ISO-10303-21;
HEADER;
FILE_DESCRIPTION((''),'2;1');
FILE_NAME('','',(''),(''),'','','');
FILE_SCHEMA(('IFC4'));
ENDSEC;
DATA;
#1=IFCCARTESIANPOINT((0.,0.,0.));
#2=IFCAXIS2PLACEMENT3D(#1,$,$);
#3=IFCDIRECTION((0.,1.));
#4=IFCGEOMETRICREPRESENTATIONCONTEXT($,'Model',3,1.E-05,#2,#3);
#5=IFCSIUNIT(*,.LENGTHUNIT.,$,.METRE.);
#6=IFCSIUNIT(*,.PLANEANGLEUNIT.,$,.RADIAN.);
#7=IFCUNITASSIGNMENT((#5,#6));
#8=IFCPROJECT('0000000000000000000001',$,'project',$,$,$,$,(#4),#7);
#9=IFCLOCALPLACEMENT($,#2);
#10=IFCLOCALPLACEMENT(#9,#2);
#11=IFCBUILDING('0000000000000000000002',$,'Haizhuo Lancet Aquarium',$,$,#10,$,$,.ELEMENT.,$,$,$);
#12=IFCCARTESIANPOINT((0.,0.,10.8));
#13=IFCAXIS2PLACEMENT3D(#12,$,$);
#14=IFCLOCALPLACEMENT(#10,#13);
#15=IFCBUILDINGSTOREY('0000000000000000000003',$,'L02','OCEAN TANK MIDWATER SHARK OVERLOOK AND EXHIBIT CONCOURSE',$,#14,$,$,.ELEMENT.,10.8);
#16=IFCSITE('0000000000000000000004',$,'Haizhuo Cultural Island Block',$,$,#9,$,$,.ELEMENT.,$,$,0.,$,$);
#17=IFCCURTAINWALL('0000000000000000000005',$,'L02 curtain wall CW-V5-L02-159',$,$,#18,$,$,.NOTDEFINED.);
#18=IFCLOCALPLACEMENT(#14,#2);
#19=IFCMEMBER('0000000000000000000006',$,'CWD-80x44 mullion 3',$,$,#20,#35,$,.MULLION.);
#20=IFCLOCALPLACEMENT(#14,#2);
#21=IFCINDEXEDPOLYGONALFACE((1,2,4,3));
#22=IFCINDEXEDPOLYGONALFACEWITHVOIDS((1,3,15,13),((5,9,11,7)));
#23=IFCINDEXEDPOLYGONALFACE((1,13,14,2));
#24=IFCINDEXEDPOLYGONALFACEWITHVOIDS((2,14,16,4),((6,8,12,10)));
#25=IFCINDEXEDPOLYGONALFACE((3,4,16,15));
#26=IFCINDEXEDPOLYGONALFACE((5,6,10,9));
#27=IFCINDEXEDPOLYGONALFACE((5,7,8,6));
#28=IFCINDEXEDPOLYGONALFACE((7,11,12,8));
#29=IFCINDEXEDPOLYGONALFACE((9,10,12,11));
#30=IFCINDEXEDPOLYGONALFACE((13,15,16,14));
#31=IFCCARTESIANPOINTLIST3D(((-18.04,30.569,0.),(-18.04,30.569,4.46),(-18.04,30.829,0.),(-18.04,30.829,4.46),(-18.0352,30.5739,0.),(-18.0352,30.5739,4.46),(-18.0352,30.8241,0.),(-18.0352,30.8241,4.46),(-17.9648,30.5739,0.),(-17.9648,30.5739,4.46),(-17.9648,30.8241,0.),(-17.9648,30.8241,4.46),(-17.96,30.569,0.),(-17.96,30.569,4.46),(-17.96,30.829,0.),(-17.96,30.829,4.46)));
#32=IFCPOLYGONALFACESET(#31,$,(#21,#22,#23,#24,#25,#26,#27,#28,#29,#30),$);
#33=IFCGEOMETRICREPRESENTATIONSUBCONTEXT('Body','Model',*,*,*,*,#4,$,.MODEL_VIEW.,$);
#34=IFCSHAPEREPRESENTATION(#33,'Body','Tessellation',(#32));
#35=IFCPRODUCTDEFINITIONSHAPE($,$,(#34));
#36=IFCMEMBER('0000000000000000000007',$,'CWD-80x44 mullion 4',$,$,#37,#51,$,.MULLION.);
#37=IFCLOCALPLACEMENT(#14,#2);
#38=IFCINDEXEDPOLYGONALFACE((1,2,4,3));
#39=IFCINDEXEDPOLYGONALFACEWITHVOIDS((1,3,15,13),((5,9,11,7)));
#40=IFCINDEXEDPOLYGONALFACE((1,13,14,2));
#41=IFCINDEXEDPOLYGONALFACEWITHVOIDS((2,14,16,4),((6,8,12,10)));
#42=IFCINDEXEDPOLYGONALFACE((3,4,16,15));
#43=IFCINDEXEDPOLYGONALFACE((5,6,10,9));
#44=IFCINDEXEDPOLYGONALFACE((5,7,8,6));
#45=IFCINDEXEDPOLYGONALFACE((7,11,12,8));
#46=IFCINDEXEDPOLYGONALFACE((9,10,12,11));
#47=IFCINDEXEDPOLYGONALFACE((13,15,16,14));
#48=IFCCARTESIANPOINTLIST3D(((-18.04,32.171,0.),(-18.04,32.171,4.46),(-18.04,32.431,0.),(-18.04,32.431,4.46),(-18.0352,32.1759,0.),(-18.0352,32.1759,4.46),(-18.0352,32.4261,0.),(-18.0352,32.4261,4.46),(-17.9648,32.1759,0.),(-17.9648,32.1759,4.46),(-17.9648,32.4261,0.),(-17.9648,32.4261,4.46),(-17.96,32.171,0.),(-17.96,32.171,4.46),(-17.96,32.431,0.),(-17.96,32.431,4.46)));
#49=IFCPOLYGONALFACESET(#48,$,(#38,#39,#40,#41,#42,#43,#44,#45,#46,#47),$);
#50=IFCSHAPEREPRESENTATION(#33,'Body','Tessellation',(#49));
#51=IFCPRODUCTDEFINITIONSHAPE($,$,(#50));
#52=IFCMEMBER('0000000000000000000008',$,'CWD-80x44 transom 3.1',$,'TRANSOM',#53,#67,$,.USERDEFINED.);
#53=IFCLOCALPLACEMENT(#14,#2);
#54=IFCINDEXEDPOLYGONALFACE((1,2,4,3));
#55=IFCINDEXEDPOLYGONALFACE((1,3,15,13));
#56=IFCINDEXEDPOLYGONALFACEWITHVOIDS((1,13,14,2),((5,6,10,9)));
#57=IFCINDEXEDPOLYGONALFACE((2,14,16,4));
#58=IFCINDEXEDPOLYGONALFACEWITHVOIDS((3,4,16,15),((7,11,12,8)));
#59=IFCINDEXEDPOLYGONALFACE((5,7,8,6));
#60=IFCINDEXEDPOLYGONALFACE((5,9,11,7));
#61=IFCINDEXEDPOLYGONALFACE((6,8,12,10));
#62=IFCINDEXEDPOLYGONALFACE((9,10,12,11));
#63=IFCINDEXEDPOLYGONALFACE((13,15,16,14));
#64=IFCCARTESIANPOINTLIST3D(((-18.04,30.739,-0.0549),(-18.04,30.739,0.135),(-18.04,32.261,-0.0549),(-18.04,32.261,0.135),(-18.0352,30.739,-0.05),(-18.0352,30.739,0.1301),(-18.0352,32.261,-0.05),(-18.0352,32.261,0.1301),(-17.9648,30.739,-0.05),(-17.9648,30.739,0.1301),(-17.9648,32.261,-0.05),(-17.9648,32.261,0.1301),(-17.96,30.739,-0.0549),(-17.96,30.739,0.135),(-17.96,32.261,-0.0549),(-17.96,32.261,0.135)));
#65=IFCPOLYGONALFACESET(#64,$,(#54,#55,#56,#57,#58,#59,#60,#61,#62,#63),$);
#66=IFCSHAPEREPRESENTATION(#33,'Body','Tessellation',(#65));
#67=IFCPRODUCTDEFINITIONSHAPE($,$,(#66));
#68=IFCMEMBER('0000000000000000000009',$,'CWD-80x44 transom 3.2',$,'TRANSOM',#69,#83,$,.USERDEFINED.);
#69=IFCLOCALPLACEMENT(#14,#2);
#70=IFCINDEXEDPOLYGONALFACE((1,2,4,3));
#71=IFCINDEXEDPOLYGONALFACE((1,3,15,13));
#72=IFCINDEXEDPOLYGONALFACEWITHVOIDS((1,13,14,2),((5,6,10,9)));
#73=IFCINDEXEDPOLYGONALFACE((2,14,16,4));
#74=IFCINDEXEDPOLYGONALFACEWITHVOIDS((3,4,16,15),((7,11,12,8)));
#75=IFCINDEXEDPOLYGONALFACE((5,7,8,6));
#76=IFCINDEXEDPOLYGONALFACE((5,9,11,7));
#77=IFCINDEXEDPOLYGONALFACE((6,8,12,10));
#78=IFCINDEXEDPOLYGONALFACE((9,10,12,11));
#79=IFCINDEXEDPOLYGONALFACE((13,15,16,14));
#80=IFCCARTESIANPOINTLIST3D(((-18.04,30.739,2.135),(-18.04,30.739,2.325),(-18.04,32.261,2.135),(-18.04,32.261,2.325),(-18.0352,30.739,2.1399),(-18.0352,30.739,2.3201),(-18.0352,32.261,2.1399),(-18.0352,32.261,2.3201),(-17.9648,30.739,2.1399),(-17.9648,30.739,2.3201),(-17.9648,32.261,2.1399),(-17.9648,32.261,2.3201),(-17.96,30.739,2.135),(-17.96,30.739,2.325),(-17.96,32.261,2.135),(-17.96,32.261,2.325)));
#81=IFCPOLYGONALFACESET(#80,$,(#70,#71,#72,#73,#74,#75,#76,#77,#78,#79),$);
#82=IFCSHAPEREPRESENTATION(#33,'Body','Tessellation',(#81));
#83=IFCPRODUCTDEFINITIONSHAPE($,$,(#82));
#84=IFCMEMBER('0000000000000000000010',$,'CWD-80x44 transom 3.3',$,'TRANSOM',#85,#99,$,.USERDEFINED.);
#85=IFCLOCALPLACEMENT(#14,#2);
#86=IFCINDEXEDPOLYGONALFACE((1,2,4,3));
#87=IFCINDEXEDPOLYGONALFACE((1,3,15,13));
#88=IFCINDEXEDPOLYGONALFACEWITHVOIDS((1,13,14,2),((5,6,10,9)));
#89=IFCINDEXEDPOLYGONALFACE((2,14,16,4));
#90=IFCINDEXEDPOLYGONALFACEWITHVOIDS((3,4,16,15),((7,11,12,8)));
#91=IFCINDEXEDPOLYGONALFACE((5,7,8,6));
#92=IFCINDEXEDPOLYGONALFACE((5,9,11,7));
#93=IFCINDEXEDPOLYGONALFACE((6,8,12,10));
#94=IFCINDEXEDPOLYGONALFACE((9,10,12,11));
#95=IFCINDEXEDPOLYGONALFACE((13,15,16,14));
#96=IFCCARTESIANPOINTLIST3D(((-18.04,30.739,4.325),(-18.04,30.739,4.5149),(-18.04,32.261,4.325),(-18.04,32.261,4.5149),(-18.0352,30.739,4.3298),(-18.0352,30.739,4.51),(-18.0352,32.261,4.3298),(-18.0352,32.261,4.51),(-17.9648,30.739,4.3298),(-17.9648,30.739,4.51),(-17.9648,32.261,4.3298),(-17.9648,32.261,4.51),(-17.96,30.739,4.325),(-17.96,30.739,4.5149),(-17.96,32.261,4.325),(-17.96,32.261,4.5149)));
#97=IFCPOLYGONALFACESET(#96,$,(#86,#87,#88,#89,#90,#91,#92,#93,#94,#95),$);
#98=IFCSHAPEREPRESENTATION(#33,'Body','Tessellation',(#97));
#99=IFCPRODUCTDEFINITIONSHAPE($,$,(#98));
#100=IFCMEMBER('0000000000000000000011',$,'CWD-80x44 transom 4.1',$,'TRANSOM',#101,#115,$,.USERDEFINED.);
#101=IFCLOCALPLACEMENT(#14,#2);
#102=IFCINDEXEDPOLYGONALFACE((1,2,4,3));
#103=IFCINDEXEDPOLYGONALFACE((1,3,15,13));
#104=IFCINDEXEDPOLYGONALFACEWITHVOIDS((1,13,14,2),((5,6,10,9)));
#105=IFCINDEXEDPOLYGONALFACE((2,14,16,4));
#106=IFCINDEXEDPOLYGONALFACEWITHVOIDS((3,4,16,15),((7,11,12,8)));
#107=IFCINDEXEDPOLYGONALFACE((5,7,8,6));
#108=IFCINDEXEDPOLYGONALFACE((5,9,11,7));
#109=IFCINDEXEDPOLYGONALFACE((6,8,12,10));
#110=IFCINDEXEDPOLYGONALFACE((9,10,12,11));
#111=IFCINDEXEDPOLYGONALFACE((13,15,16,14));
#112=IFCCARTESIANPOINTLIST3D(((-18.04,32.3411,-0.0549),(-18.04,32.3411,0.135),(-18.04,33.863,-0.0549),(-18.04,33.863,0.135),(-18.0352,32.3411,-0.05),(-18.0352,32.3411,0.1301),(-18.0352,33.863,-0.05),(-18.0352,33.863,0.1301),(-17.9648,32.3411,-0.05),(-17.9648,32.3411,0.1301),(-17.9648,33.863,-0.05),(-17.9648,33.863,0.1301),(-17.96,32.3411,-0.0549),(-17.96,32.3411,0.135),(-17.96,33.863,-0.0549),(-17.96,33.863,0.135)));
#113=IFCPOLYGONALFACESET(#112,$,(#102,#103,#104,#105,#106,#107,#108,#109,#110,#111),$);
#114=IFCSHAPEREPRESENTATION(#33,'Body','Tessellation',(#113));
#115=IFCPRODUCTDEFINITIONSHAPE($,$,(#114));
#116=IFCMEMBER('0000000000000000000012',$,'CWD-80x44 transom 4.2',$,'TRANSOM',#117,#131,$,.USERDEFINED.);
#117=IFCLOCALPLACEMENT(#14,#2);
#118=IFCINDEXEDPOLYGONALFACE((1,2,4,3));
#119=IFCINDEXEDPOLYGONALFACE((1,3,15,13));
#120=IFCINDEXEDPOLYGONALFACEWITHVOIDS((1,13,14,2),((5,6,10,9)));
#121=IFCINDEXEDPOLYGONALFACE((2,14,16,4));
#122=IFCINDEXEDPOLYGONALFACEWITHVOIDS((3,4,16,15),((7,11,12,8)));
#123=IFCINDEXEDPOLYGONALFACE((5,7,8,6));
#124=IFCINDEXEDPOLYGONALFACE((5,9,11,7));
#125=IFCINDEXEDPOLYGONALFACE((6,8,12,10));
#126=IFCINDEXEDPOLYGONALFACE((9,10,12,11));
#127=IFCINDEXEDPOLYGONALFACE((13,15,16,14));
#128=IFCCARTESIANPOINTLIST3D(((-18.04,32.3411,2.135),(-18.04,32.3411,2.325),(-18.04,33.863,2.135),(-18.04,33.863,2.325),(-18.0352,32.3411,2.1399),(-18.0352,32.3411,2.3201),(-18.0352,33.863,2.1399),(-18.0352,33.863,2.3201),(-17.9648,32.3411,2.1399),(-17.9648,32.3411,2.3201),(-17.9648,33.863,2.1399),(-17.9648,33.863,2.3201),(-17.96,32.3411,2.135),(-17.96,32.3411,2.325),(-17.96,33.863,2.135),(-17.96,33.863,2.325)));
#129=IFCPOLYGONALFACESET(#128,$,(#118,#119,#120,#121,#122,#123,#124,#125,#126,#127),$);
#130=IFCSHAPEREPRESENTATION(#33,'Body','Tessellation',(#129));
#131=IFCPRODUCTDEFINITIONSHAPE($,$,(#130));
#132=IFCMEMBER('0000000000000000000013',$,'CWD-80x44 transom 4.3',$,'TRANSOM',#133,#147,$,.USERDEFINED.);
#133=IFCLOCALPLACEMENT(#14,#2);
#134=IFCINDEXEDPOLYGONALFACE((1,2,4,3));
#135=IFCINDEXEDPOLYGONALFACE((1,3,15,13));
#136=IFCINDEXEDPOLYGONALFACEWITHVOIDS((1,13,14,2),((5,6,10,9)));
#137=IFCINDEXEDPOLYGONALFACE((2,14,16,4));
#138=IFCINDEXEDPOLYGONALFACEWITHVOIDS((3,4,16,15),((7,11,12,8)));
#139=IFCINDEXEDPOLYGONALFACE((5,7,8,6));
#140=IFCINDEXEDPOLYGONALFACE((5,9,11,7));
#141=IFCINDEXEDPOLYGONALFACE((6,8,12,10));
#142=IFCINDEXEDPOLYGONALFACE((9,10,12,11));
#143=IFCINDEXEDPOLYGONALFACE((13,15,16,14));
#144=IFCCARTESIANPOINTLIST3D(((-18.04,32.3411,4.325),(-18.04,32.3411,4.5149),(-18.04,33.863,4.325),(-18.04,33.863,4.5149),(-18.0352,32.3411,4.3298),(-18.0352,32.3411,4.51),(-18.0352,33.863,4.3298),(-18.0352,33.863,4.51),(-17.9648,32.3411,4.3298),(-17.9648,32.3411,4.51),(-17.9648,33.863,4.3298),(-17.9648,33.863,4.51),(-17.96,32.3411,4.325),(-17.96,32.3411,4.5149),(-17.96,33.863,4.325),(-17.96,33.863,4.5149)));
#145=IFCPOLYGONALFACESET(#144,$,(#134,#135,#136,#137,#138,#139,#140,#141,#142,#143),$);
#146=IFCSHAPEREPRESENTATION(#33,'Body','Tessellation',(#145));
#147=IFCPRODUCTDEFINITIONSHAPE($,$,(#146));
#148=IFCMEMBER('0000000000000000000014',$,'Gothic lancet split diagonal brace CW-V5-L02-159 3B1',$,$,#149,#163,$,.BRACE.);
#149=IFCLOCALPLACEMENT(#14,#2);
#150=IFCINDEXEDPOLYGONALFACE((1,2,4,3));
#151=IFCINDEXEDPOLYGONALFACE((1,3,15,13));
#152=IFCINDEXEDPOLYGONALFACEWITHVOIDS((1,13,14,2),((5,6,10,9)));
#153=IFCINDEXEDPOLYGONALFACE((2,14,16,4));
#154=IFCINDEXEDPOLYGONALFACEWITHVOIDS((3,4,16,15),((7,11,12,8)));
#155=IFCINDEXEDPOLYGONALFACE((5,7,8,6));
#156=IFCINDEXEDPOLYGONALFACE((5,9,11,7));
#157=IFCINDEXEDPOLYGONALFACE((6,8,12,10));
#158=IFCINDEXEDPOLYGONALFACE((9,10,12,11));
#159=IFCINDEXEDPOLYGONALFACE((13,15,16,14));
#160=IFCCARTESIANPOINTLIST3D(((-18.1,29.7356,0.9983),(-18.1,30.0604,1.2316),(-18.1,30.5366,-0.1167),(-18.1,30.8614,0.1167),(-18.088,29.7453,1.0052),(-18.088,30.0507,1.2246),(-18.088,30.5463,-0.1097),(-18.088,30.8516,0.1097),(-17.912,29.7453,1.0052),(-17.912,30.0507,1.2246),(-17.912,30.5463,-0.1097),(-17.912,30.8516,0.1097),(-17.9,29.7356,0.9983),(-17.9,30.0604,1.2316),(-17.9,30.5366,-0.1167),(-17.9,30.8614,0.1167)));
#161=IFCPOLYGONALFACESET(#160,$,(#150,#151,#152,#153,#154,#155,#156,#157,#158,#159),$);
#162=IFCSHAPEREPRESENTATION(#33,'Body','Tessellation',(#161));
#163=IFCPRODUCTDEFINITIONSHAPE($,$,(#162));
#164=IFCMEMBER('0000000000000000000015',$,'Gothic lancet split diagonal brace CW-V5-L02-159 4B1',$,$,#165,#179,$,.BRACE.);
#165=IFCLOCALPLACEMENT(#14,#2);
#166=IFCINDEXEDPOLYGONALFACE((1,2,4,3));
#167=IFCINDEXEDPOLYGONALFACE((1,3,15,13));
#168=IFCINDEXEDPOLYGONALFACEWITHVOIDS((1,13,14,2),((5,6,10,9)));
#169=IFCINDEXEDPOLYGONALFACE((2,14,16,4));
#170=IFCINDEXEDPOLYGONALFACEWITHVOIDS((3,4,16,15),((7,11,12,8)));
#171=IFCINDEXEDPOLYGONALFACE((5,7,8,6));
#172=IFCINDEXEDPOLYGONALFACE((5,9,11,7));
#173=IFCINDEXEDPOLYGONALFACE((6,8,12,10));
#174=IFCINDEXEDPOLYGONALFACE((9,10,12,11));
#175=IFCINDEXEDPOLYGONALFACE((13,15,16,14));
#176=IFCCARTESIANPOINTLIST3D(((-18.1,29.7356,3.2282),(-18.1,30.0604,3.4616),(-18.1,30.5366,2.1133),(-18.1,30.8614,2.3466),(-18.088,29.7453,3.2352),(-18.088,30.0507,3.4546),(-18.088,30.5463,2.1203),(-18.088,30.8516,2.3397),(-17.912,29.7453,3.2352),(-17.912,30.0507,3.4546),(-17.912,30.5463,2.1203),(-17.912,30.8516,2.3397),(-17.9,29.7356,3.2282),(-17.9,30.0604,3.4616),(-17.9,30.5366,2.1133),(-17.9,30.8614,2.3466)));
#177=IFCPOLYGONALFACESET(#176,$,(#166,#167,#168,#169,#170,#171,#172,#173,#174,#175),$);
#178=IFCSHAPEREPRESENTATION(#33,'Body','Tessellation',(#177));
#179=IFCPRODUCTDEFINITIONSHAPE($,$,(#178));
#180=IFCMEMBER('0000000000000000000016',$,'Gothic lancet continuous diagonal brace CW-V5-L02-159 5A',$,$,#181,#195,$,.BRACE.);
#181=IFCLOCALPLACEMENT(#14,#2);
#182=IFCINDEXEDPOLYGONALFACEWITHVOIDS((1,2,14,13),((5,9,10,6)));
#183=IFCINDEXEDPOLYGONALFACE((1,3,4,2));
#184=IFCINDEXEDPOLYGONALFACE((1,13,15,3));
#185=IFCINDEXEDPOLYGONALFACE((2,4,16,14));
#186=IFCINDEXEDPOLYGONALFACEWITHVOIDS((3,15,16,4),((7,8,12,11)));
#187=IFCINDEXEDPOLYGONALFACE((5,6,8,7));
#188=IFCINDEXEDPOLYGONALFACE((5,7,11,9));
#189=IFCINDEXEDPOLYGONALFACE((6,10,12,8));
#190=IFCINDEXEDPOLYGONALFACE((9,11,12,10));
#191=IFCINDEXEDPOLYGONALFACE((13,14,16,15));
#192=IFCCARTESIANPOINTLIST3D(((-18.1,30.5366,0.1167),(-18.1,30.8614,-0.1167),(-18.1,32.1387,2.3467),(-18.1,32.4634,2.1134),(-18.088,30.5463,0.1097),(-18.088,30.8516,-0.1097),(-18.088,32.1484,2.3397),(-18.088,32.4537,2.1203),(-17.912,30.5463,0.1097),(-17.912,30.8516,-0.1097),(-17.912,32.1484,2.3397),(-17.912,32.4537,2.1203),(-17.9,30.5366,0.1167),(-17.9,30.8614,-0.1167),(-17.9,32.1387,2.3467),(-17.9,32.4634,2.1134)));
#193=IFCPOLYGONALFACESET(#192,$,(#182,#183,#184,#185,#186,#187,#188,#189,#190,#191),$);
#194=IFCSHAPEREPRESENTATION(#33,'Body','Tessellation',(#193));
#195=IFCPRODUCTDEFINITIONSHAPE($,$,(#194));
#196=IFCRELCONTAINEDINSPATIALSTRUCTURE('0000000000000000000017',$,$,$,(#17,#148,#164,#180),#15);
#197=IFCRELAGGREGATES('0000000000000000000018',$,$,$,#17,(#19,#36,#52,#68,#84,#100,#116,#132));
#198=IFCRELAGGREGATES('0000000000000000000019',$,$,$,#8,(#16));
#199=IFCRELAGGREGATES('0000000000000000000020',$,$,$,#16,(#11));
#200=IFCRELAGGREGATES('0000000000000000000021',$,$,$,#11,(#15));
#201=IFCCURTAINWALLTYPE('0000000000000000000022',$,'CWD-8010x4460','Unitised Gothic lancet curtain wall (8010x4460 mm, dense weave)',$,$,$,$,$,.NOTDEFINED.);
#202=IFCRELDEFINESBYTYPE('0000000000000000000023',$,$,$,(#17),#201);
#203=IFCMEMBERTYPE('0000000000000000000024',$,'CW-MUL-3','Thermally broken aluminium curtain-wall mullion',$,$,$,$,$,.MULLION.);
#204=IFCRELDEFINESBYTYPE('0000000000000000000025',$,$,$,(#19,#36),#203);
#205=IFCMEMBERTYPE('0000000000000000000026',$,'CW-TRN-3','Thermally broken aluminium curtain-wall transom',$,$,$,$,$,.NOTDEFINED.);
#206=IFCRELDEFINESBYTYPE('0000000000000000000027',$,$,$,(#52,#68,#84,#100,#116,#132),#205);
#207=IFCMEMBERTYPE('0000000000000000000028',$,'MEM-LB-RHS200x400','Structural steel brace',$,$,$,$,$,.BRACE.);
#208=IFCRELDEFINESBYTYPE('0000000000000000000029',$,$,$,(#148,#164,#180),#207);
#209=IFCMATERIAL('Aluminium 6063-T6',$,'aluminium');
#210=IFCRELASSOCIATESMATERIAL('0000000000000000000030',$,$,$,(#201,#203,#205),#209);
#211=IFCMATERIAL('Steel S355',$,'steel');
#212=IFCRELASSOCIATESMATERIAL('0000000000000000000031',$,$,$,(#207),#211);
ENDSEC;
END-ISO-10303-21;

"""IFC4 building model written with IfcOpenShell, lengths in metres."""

from ifc_helpers import new_model, si_unit, direction, frame, origin, origin_2d, place, context, subcontext, project, spatial, hollow_rectangle, extrude, material, material_profile, profile_set, type_object, element, aggregate, save


model = new_model("IFC4")

# Units and contexts
model_context = context("Model", 3, precision=1e-05, world=origin(), true_north=direction((0.0, 1.0)))
body_context = subcontext(model_context, "Body", "Model", "MODEL_VIEW")
ifc_project = project(units=[si_unit("LENGTHUNIT", "METRE"), si_unit("PLANEANGLEUNIT", "RADIAN")], contexts=[model_context])

# Site, building, storey
site_placement = place(None, origin())
site = spatial("IfcSite", under=ifc_project, at=site_placement, Name="Haizhuo Cultural Island Block", CompositionType="ELEMENT", RefElevation=0.0)
building_placement = place(site_placement, origin())
building = spatial("IfcBuilding", under=site, at=building_placement, Name="Haizhuo Lancet Aquarium", CompositionType="ELEMENT")
storey_placement = place(building_placement, frame((0.0, 0.0, 10.8)))
storey = spatial("IfcBuildingStorey", under=building, at=storey_placement, Name="L02", Description="OCEAN TANK MIDWATER SHARK OVERLOOK AND EXHIBIT CONCOURSE", CompositionType="ELEMENT", Elevation=10.8)

# Curtain wall, members
ifc_material_1 = material(Name="Aluminium 6063-T6", Category="aluminium")
curtain_wall_type = type_object("IfcCurtainWallType", Name="CWD-8010x4460", Description="Unitised Gothic lancet curtain wall (8010x4460 mm, dense weave)", PredefinedType="NOTDEFINED", material=ifc_material_1)
curtain_wall_placement = place(storey_placement, origin())
curtain_wall = element("IfcCurtainWall", 1, at=curtain_wall_placement, inside=storey, type_object=curtain_wall_type, Name="L02 curtain wall CW-V5-L02-159", PredefinedType="NOTDEFINED")
ifc_material_profile_1 = material_profile(ifc_material_1, hollow_rectangle(XDim=0.0801, YDim=0.26, WallThickness=0.0049, at=origin_2d()), Name="ALU-M 80x260x5")
ifc_profile_set_1 = profile_set([ifc_material_profile_1], Name="Aluminium 6063-T6")
member_type_1 = type_object("IfcMemberType", Name="CW-MUL-3", Description="Thermally broken aluminium curtain-wall mullion", PredefinedType="MULLION", material=ifc_profile_set_1)
member_1_placement = place(storey_placement, frame((-18.0, 30.699, 0.0), z_axis=(0.0, 0.0, 1.0), x_axis=(-1.0, 0.0, 0.0)))
member_1 = element("IfcMember", 2, at=member_1_placement, type_object=member_type_1, Name="CWD-80x44 mullion 3", PredefinedType="MULLION", context=body_context, shape_type="SweptSolid", body=[
    extrude(hollow_rectangle(XDim=0.0801, YDim=0.26, WallThickness=0.0049, at=origin_2d()), origin(), (0.0, 0.0, 1.0), 4.46),
])
member_2_placement = place(storey_placement, frame((-18.0, 32.301, 0.0), z_axis=(0.0, 0.0, 1.0), x_axis=(-1.0, 0.0, 0.0)))
member_2 = element("IfcMember", 3, at=member_2_placement, type_object=member_type_1, Name="CWD-80x44 mullion 4", PredefinedType="MULLION", context=body_context, shape_type="SweptSolid", body=[
    extrude(hollow_rectangle(XDim=0.0801, YDim=0.26, WallThickness=0.0049, at=origin_2d()), origin(), (0.0, 0.0, 1.0), 4.46),
])
ifc_material_profile_2 = material_profile(ifc_material_1, hollow_rectangle(XDim=0.0801, YDim=0.1899, WallThickness=0.0049, at=origin_2d()), Name="ALU-T 80x190x5")
ifc_profile_set_2 = profile_set([ifc_material_profile_2], Name="Aluminium 6063-T6")
member_type_2 = type_object("IfcMemberType", Name="CW-TRN-3", Description="Thermally broken aluminium curtain-wall transom", PredefinedType="NOTDEFINED", material=ifc_profile_set_2)
member_3_placement = place(storey_placement, frame((-18.0, 30.739, 0.04), z_axis=(0.0, 1.0, 0.0), x_axis=(-1.0, 0.0, 0.0)))
member_3 = element("IfcMember", 4, at=member_3_placement, type_object=member_type_2, Name="CWD-80x44 transom 3.1", ObjectType="TRANSOM", PredefinedType="USERDEFINED", context=body_context, shape_type="SweptSolid", body=[
    extrude(hollow_rectangle(XDim=0.0801, YDim=0.1899, WallThickness=0.0049, at=origin_2d()), origin(), (0.0, 0.0, 1.0), 1.522),
])
member_4_placement = place(storey_placement, frame((-18.0, 30.739, 2.23), z_axis=(0.0, 1.0, 0.0), x_axis=(-1.0, 0.0, 0.0)))
member_4 = element("IfcMember", 5, at=member_4_placement, type_object=member_type_2, Name="CWD-80x44 transom 3.2", ObjectType="TRANSOM", PredefinedType="USERDEFINED", context=body_context, shape_type="SweptSolid", body=[
    extrude(hollow_rectangle(XDim=0.0801, YDim=0.1899, WallThickness=0.0049, at=origin_2d()), origin(), (0.0, 0.0, 1.0), 1.522),
])
member_5_placement = place(storey_placement, frame((-18.0, 30.739, 4.4199), z_axis=(0.0, 1.0, 0.0), x_axis=(-1.0, 0.0, 0.0)))
member_5 = element("IfcMember", 6, at=member_5_placement, type_object=member_type_2, Name="CWD-80x44 transom 3.3", ObjectType="TRANSOM", PredefinedType="USERDEFINED", context=body_context, shape_type="SweptSolid", body=[
    extrude(hollow_rectangle(XDim=0.0801, YDim=0.1899, WallThickness=0.0049, at=origin_2d()), origin(), (0.0, 0.0, 1.0), 1.522),
])
member_6_placement = place(storey_placement, frame((-18.0, 32.3411, 0.04), z_axis=(0.0, 1.0, 0.0), x_axis=(-1.0, 0.0, 0.0)))
member_6 = element("IfcMember", 7, at=member_6_placement, type_object=member_type_2, Name="CWD-80x44 transom 4.1", ObjectType="TRANSOM", PredefinedType="USERDEFINED", context=body_context, shape_type="SweptSolid", body=[
    extrude(hollow_rectangle(XDim=0.0801, YDim=0.1899, WallThickness=0.0049, at=origin_2d()), origin(), (0.0, 0.0, 1.0), 1.522),
])
member_7_placement = place(storey_placement, frame((-18.0, 32.3411, 2.23), z_axis=(0.0, 1.0, 0.0), x_axis=(-1.0, 0.0, 0.0)))
member_7 = element("IfcMember", 8, at=member_7_placement, type_object=member_type_2, Name="CWD-80x44 transom 4.2", ObjectType="TRANSOM", PredefinedType="USERDEFINED", context=body_context, shape_type="SweptSolid", body=[
    extrude(hollow_rectangle(XDim=0.0801, YDim=0.1899, WallThickness=0.0049, at=origin_2d()), origin(), (0.0, 0.0, 1.0), 1.522),
])
member_8_placement = place(storey_placement, frame((-18.0, 32.3411, 4.4199), z_axis=(0.0, 1.0, 0.0), x_axis=(-1.0, 0.0, 0.0)))
member_8 = element("IfcMember", 9, at=member_8_placement, type_object=member_type_2, Name="CWD-80x44 transom 4.3", ObjectType="TRANSOM", PredefinedType="USERDEFINED", context=body_context, shape_type="SweptSolid", body=[
    extrude(hollow_rectangle(XDim=0.0801, YDim=0.1899, WallThickness=0.0049, at=origin_2d()), origin(), (0.0, 0.0, 1.0), 1.522),
])

# Members
ifc_material_2 = material(Name="Steel S355", Category="steel")
ifc_material_profile_3 = material_profile(ifc_material_2, hollow_rectangle(XDim=0.2, YDim=0.3999, WallThickness=0.012, at=origin_2d()), Name="RHS 200x400x12")
ifc_profile_set_3 = profile_set([ifc_material_profile_3], Name="Steel S355")
member_type_3 = type_object("IfcMemberType", Name="MEM-LB-RHS200x400", Description="Structural steel brace", PredefinedType="BRACE", material=ifc_profile_set_3)
for number, where, z_axis, x_axis, name in (
    (10, (-18.0, 30.699, 0.0), (0.0, -0.583456, 0.812144), (1.0, 0.0, 0.0), "Gothic lancet split diagonal brace CW-V5-L02-159 3B1"),
    (11, (-18.0, 30.699, 2.23), (0.0, -0.583456, 0.812144), (1.0, 0.0, 0.0), "Gothic lancet split diagonal brace CW-V5-L02-159 4B1"),
):
    element("IfcMember", number, at=place(storey_placement, frame(where, z_axis=z_axis, x_axis=x_axis)), inside=storey, type_object=member_type_3, Name=name, PredefinedType="BRACE", context=body_context, shape_type="SweptSolid", body=[
        extrude(hollow_rectangle(XDim=0.2, YDim=0.3999, WallThickness=0.012, at=origin_2d()), origin(), (0.0, 0.0, 1.0), 1.3728),
    ])
member_9_placement = place(storey_placement, frame((-18.0, 30.699, 0.0), z_axis=(0.0, 0.583456, 0.812144), x_axis=(-1.0, 0.0, 0.0)))
element("IfcMember", 12, at=member_9_placement, inside=storey, type_object=member_type_3, Name="Gothic lancet continuous diagonal brace CW-V5-L02-159 5A", PredefinedType="BRACE", context=body_context, shape_type="SweptSolid", body=[
    extrude(hollow_rectangle(XDim=0.2, YDim=0.3999, WallThickness=0.012, at=origin_2d()), origin(), (0.0, 0.0, 1.0), 2.7458),
])

aggregate(curtain_wall, [member_1, member_2, member_3, member_4, member_5, member_6, member_7, member_8])

save(model, "model.ifc")
